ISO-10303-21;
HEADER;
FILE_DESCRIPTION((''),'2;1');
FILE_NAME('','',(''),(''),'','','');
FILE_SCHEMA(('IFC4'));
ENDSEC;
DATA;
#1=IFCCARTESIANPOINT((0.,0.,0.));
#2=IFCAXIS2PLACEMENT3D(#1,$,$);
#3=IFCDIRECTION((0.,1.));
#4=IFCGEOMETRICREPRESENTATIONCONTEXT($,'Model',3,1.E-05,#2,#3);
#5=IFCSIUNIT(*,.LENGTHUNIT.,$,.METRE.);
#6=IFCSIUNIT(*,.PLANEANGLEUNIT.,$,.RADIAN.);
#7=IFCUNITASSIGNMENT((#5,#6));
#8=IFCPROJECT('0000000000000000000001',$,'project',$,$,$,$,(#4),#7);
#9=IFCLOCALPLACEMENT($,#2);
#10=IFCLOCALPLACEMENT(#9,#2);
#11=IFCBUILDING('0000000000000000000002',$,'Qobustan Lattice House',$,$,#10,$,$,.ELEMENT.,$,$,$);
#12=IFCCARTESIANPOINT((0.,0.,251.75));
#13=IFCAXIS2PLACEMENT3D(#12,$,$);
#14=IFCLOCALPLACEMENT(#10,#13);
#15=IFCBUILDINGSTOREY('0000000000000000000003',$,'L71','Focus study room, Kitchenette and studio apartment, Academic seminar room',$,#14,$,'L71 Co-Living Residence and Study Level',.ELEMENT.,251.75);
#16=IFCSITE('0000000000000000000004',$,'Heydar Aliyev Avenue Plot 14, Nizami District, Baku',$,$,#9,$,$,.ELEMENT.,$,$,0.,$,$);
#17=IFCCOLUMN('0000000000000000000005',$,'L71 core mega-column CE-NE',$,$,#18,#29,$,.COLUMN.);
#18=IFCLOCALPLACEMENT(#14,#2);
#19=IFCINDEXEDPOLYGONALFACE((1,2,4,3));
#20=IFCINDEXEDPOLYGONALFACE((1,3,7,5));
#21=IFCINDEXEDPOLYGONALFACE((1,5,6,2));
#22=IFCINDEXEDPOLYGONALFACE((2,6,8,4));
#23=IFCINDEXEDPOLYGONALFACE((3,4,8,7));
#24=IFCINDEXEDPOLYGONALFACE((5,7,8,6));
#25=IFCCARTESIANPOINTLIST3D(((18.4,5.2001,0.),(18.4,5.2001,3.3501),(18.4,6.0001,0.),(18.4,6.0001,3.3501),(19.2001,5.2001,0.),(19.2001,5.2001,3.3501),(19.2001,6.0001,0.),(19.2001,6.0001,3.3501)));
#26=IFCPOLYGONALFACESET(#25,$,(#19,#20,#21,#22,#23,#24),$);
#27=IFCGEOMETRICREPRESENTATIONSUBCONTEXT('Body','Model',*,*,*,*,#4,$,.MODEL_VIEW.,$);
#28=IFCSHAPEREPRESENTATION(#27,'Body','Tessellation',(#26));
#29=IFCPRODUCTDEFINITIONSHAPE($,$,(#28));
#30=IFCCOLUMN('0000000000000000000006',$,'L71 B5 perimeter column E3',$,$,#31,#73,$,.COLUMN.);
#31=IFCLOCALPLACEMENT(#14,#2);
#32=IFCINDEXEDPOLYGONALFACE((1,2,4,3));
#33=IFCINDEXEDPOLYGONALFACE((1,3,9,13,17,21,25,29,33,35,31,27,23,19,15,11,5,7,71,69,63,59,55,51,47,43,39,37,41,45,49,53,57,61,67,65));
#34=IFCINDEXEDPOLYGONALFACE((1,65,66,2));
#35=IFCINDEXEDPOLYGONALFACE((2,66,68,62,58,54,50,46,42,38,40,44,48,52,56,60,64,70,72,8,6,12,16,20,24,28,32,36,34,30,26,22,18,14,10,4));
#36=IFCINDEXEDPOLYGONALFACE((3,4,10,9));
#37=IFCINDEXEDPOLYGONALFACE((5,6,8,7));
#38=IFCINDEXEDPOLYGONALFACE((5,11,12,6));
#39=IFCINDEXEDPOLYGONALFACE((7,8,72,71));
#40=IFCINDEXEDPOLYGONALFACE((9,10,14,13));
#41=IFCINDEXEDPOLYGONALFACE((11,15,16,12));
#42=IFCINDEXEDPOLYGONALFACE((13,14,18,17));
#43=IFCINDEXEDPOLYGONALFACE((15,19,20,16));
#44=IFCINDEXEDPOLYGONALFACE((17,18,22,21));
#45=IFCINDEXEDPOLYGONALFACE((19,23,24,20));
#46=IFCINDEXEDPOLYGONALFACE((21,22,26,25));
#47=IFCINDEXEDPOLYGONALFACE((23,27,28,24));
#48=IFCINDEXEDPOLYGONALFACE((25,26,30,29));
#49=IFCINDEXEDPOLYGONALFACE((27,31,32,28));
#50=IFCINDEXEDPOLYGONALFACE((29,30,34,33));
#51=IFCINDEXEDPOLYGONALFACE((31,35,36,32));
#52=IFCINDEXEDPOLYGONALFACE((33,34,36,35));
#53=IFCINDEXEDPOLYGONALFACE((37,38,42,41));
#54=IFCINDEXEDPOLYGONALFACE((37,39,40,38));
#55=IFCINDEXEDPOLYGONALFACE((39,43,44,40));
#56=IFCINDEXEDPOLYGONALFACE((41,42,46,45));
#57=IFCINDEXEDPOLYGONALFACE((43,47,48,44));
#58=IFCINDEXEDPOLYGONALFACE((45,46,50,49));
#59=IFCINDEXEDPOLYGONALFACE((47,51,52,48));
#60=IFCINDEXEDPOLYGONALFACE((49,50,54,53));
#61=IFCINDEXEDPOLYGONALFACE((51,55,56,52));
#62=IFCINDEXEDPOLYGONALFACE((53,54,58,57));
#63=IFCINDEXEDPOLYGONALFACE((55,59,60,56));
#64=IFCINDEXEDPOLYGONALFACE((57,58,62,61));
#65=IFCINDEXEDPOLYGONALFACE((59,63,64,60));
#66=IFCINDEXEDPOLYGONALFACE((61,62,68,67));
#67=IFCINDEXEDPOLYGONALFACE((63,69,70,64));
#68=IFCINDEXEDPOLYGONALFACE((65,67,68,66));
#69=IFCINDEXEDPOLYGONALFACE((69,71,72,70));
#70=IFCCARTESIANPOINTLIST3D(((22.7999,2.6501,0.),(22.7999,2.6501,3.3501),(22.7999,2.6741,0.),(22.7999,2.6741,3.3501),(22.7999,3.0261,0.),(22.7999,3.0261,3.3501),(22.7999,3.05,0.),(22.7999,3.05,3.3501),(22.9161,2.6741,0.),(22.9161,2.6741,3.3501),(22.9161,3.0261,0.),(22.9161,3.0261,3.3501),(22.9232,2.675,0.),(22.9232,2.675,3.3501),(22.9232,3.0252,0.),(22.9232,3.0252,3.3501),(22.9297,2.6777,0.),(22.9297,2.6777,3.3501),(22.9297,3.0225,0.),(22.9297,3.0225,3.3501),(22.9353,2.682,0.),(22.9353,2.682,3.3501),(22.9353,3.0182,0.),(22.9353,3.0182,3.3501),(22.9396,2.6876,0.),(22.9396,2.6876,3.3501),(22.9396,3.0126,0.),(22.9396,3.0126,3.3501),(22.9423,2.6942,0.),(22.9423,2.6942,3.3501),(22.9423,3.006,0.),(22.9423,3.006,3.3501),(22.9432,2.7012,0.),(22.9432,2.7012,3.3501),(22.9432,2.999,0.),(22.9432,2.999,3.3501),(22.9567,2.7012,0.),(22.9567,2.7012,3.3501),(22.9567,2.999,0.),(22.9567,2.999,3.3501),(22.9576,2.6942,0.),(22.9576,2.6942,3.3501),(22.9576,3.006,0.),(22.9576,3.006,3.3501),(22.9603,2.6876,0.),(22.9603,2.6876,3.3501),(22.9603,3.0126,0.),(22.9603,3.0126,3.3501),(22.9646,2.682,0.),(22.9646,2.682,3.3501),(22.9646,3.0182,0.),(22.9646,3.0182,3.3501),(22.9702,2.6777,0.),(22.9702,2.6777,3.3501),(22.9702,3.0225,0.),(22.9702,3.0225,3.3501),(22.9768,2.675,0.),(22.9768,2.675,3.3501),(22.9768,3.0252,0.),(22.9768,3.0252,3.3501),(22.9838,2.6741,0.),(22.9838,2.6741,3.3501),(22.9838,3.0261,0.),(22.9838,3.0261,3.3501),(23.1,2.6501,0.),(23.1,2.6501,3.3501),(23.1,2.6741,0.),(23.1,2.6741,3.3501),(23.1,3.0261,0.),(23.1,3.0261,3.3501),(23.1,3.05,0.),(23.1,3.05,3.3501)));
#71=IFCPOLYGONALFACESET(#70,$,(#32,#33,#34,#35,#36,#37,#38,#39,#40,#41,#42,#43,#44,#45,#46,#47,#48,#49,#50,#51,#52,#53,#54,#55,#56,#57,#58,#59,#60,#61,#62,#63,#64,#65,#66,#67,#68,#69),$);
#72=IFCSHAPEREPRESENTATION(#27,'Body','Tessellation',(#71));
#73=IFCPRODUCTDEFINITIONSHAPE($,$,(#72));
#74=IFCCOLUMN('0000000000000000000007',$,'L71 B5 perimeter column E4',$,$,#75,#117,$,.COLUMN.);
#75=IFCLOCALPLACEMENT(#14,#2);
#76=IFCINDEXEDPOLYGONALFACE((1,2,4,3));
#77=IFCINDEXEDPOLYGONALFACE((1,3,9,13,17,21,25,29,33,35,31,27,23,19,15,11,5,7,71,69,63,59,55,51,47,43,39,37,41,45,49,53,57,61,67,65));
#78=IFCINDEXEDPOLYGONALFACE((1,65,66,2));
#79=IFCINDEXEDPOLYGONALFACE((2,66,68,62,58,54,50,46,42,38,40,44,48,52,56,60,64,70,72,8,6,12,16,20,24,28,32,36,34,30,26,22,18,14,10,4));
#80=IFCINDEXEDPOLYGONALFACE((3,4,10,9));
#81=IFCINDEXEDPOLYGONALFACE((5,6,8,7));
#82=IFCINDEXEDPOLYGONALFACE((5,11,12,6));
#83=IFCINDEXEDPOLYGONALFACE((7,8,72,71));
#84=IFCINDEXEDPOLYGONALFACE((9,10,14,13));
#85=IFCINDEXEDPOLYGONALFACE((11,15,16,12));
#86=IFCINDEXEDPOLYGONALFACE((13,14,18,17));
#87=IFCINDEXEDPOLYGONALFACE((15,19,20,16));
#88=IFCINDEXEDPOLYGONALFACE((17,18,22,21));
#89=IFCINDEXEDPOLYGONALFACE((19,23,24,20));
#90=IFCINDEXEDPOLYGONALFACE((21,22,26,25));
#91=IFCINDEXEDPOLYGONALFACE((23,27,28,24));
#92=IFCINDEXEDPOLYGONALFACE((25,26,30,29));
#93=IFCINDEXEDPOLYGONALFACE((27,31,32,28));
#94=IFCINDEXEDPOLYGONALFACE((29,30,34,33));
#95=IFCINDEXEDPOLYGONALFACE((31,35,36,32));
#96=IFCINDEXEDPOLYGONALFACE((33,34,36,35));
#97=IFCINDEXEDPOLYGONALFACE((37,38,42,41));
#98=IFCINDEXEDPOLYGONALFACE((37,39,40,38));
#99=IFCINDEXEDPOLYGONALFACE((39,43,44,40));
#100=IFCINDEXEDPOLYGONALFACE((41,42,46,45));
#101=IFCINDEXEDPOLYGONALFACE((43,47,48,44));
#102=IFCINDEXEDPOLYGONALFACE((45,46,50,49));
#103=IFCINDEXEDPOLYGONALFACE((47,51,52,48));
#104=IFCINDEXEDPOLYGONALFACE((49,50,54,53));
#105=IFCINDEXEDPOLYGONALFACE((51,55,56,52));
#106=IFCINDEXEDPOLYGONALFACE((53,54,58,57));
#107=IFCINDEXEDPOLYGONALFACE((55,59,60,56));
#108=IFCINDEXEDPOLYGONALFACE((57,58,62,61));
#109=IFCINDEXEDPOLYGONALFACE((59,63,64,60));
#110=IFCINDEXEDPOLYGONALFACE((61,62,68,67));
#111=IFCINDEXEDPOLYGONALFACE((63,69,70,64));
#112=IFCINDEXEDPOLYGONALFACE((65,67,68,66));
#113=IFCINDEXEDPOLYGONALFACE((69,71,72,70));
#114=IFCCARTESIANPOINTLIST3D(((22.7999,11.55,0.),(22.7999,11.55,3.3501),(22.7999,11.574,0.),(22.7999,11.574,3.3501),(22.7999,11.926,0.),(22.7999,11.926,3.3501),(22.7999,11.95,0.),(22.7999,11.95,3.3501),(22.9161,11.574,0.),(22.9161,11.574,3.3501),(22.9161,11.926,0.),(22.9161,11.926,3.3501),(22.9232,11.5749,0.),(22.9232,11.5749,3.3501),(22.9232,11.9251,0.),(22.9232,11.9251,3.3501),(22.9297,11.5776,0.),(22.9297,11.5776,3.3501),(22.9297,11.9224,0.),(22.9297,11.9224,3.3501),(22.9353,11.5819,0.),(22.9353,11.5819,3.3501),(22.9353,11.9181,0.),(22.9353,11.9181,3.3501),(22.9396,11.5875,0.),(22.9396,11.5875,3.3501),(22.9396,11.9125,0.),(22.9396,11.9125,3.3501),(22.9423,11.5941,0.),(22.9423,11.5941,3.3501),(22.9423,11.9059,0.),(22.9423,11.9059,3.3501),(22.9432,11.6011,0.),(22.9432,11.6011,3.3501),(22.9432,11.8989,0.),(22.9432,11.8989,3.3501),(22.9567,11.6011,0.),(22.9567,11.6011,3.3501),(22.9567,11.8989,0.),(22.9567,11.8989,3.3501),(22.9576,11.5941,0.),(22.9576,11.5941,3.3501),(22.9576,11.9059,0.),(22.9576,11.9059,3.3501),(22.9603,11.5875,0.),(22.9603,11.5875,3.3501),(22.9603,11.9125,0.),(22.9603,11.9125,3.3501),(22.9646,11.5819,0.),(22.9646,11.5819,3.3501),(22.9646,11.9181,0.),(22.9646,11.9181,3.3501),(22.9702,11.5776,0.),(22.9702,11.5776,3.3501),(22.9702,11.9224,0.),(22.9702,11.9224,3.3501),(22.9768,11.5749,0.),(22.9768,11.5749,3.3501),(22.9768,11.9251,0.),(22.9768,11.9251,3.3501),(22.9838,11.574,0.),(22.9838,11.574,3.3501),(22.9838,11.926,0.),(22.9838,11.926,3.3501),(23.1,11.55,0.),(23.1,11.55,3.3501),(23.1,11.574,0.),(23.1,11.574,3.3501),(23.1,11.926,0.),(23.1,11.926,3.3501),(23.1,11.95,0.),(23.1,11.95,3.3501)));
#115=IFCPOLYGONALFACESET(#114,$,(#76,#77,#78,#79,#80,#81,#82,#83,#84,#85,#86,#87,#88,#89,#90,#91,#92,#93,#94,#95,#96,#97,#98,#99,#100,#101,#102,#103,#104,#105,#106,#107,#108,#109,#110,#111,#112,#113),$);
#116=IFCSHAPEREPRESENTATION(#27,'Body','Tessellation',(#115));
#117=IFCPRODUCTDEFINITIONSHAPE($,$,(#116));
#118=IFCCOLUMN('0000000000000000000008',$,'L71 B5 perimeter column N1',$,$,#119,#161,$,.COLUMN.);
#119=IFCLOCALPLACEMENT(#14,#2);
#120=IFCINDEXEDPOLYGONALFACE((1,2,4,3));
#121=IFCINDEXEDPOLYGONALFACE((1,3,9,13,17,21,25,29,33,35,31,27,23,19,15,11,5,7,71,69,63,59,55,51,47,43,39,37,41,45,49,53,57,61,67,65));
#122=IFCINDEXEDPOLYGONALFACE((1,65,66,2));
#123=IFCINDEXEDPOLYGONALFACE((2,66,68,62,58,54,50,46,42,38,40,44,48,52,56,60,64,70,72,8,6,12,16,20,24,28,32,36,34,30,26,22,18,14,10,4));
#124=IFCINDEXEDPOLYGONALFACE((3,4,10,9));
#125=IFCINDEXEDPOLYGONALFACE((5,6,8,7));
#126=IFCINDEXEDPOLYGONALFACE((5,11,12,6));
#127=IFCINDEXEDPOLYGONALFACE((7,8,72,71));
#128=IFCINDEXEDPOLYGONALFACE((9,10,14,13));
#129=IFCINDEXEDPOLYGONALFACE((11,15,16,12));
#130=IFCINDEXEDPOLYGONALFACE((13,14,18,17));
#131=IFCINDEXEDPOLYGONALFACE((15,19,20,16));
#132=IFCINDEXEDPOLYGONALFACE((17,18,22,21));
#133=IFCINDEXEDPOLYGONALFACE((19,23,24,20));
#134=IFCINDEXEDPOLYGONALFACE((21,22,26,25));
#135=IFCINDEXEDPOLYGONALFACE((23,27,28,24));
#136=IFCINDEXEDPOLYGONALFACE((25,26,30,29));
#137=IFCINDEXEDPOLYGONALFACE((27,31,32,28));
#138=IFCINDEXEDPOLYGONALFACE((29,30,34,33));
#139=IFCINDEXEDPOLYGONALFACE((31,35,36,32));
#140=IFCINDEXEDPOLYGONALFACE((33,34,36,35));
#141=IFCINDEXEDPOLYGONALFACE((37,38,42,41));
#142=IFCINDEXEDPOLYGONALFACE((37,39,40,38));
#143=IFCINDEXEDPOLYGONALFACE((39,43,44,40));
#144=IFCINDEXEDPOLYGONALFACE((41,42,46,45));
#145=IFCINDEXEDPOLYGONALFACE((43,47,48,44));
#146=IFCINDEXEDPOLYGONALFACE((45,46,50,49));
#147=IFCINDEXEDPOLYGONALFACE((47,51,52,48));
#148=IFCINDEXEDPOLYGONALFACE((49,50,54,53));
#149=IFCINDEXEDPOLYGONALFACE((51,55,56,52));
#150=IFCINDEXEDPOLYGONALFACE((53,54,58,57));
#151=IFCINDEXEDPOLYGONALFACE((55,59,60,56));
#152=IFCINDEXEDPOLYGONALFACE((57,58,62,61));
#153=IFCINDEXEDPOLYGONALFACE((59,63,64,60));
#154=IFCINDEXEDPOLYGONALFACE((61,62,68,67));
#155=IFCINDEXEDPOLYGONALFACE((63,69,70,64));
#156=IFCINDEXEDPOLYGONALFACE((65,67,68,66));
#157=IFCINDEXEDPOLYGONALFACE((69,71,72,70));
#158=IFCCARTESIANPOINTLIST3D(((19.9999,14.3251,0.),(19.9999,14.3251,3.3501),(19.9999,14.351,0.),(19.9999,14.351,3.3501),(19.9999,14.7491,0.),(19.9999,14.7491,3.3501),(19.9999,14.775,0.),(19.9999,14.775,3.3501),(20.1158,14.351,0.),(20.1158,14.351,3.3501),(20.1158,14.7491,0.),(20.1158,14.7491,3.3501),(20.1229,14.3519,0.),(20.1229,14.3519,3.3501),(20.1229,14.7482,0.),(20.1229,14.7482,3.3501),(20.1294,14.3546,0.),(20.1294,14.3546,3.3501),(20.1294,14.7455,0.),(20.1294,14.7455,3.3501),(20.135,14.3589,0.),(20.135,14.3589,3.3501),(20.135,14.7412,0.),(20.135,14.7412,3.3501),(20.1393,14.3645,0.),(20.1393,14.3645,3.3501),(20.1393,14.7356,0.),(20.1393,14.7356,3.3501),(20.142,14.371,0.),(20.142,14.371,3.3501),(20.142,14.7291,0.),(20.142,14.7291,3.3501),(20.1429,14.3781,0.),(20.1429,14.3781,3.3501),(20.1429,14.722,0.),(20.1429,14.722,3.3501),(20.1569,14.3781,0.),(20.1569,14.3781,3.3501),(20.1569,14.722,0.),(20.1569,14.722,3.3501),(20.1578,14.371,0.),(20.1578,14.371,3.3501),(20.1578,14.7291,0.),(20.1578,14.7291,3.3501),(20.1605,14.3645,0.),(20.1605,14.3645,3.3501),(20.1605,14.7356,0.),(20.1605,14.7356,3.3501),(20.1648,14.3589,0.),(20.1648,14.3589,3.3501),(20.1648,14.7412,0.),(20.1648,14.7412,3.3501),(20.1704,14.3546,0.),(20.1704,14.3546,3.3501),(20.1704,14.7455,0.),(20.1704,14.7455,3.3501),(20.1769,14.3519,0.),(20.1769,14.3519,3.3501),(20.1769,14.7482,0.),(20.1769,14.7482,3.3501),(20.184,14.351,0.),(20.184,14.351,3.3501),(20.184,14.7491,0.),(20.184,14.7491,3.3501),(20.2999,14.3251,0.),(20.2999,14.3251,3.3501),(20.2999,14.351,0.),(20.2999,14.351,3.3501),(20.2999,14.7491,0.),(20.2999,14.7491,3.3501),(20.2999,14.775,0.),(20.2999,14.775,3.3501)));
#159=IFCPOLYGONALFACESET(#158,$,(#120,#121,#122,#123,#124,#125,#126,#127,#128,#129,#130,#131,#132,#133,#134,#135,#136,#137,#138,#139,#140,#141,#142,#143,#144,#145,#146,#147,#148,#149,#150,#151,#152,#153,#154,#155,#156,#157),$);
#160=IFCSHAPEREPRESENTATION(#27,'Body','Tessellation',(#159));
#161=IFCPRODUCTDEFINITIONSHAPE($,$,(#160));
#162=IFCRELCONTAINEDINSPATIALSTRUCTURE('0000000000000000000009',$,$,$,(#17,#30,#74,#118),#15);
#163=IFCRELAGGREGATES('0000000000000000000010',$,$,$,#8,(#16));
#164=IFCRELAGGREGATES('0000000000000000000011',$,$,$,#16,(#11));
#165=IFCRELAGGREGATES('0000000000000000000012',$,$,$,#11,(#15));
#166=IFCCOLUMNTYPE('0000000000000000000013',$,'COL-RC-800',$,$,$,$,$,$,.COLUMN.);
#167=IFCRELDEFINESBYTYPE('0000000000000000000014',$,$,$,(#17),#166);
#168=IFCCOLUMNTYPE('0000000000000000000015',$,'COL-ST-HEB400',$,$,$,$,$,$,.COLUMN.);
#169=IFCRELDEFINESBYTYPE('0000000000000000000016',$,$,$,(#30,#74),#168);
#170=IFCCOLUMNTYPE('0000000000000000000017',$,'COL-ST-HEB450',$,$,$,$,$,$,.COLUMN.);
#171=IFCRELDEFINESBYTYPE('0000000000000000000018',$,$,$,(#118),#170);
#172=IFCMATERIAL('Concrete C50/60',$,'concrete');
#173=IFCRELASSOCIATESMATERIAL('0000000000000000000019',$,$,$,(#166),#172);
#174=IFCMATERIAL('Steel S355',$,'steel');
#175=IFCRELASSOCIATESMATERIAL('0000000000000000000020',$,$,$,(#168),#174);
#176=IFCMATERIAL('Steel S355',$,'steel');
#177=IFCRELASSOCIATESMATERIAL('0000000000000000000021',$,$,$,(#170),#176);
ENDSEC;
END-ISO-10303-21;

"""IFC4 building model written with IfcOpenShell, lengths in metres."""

from ifc_helpers import new_model, si_unit, direction, frame, origin, origin_2d, place, context, subcontext, project, spatial, rectangle, i_section, extrude, material, material_profile, profile_set, type_object, element, save


model = new_model("IFC4")

# Units and contexts
model_context = context("Model", 3, precision=1e-05, world=origin(), true_north=direction((0.0, 1.0)))
body_context = subcontext(model_context, "Body", "Model", "MODEL_VIEW")
ifc_project = project(units=[si_unit("LENGTHUNIT", "METRE"), si_unit("PLANEANGLEUNIT", "RADIAN")], contexts=[model_context])

# Site, building, storey
site_placement = place(None, origin())
site = spatial("IfcSite", under=ifc_project, at=site_placement, Name="Heydar Aliyev Avenue Plot 14, Nizami District, Baku", CompositionType="ELEMENT", RefElevation=0.0)
building_placement = place(site_placement, origin())
building = spatial("IfcBuilding", under=site, at=building_placement, Name="Qobustan Lattice House", CompositionType="ELEMENT")
storey_placement = place(building_placement, frame((0.0, 0.0, 251.75)))
storey = spatial("IfcBuildingStorey", under=building, at=storey_placement, Name="L71", Description="Focus study room, Kitchenette and studio apartment, Academic seminar room", LongName="L71 Co-Living Residence and Study Level", CompositionType="ELEMENT", Elevation=251.75)

# Columns
ifc_material_1 = material(Name="Concrete C50/60", Category="concrete")
ifc_material_profile_1 = material_profile(ifc_material_1, rectangle(XDim=0.8, YDim=0.8, at=origin_2d()), Name="RC800x800")
ifc_profile_set_1 = profile_set([ifc_material_profile_1], Name="Concrete C50/60")
column_type_1 = type_object("IfcColumnType", Name="COL-RC-800", PredefinedType="COLUMN", material=ifc_profile_set_1)
column_1_placement = place(storey_placement, frame((18.8, 5.6001, 0.0), z_axis=(0.0, 0.0, 1.0), x_axis=(1.0, 0.0, 0.0)))
element("IfcColumn", 1, at=column_1_placement, inside=storey, type_object=column_type_1, Name="L71 core mega-column CE-NE", PredefinedType="COLUMN", context=body_context, shape_type="SweptSolid", body=[
    extrude(rectangle(XDim=0.8, YDim=0.8, at=origin_2d()), origin(), (0.0, 0.0, 1.0), 3.3501),
])
ifc_material_2 = material(Name="Steel S355", Category="steel")
ifc_material_profile_2 = material_profile(ifc_material_2, i_section(OverallWidth=0.3, OverallDepth=0.3999, WebThickness=0.0134, FlangeThickness=0.0239, FilletRadius=0.0271, at=origin_2d()), Name="HEB400")
ifc_profile_set_2 = profile_set([ifc_material_profile_2], Name="Steel S355")
column_type_2 = type_object("IfcColumnType", Name="COL-ST-HEB400", PredefinedType="COLUMN", material=ifc_profile_set_2)
for number, where, z_axis, x_axis, name in (
    (2, (22.95, 2.8501, 0.0), (0.0, 0.0, 1.0), (1.0, 0.0, 0.0), "L71 B5 perimeter column E3"),
    (3, (22.95, 11.75, 0.0), (0.0, 0.0, 1.0), (1.0, 0.0, 0.0), "L71 B5 perimeter column E4"),
):
    element("IfcColumn", number, at=place(storey_placement, frame(where, z_axis=z_axis, x_axis=x_axis)), inside=storey, type_object=column_type_2, Name=name, PredefinedType="COLUMN", context=body_context, shape_type="SweptSolid", body=[
        extrude(i_section(OverallWidth=0.3, OverallDepth=0.3999, WebThickness=0.0134, FlangeThickness=0.0239, FilletRadius=0.0271, at=origin_2d()), origin(), (0.0, 0.0, 1.0), 3.3501),
    ])
ifc_material_3 = material(Name="Steel S355", Category="steel")
ifc_material_profile_3 = material_profile(ifc_material_3, i_section(OverallWidth=0.3, OverallDepth=0.45, WebThickness=0.0139, FlangeThickness=0.0259, FilletRadius=0.0271, at=origin_2d()), Name="HEB450")
ifc_profile_set_3 = profile_set([ifc_material_profile_3], Name="Steel S355")
column_type_3 = type_object("IfcColumnType", Name="COL-ST-HEB450", PredefinedType="COLUMN", material=ifc_profile_set_3)
column_2_placement = place(storey_placement, frame((20.1499, 14.55, 0.0), z_axis=(0.0, 0.0, 1.0), x_axis=(1.0, 0.0, 0.0)))
element("IfcColumn", 4, at=column_2_placement, inside=storey, type_object=column_type_3, Name="L71 B5 perimeter column N1", PredefinedType="COLUMN", context=body_context, shape_type="SweptSolid", body=[
    extrude(i_section(OverallWidth=0.3, OverallDepth=0.45, WebThickness=0.0139, FlangeThickness=0.0259, FilletRadius=0.0271, at=origin_2d()), origin(), (0.0, 0.0, 1.0), 3.3501),
])

save(model, "model.ifc")
